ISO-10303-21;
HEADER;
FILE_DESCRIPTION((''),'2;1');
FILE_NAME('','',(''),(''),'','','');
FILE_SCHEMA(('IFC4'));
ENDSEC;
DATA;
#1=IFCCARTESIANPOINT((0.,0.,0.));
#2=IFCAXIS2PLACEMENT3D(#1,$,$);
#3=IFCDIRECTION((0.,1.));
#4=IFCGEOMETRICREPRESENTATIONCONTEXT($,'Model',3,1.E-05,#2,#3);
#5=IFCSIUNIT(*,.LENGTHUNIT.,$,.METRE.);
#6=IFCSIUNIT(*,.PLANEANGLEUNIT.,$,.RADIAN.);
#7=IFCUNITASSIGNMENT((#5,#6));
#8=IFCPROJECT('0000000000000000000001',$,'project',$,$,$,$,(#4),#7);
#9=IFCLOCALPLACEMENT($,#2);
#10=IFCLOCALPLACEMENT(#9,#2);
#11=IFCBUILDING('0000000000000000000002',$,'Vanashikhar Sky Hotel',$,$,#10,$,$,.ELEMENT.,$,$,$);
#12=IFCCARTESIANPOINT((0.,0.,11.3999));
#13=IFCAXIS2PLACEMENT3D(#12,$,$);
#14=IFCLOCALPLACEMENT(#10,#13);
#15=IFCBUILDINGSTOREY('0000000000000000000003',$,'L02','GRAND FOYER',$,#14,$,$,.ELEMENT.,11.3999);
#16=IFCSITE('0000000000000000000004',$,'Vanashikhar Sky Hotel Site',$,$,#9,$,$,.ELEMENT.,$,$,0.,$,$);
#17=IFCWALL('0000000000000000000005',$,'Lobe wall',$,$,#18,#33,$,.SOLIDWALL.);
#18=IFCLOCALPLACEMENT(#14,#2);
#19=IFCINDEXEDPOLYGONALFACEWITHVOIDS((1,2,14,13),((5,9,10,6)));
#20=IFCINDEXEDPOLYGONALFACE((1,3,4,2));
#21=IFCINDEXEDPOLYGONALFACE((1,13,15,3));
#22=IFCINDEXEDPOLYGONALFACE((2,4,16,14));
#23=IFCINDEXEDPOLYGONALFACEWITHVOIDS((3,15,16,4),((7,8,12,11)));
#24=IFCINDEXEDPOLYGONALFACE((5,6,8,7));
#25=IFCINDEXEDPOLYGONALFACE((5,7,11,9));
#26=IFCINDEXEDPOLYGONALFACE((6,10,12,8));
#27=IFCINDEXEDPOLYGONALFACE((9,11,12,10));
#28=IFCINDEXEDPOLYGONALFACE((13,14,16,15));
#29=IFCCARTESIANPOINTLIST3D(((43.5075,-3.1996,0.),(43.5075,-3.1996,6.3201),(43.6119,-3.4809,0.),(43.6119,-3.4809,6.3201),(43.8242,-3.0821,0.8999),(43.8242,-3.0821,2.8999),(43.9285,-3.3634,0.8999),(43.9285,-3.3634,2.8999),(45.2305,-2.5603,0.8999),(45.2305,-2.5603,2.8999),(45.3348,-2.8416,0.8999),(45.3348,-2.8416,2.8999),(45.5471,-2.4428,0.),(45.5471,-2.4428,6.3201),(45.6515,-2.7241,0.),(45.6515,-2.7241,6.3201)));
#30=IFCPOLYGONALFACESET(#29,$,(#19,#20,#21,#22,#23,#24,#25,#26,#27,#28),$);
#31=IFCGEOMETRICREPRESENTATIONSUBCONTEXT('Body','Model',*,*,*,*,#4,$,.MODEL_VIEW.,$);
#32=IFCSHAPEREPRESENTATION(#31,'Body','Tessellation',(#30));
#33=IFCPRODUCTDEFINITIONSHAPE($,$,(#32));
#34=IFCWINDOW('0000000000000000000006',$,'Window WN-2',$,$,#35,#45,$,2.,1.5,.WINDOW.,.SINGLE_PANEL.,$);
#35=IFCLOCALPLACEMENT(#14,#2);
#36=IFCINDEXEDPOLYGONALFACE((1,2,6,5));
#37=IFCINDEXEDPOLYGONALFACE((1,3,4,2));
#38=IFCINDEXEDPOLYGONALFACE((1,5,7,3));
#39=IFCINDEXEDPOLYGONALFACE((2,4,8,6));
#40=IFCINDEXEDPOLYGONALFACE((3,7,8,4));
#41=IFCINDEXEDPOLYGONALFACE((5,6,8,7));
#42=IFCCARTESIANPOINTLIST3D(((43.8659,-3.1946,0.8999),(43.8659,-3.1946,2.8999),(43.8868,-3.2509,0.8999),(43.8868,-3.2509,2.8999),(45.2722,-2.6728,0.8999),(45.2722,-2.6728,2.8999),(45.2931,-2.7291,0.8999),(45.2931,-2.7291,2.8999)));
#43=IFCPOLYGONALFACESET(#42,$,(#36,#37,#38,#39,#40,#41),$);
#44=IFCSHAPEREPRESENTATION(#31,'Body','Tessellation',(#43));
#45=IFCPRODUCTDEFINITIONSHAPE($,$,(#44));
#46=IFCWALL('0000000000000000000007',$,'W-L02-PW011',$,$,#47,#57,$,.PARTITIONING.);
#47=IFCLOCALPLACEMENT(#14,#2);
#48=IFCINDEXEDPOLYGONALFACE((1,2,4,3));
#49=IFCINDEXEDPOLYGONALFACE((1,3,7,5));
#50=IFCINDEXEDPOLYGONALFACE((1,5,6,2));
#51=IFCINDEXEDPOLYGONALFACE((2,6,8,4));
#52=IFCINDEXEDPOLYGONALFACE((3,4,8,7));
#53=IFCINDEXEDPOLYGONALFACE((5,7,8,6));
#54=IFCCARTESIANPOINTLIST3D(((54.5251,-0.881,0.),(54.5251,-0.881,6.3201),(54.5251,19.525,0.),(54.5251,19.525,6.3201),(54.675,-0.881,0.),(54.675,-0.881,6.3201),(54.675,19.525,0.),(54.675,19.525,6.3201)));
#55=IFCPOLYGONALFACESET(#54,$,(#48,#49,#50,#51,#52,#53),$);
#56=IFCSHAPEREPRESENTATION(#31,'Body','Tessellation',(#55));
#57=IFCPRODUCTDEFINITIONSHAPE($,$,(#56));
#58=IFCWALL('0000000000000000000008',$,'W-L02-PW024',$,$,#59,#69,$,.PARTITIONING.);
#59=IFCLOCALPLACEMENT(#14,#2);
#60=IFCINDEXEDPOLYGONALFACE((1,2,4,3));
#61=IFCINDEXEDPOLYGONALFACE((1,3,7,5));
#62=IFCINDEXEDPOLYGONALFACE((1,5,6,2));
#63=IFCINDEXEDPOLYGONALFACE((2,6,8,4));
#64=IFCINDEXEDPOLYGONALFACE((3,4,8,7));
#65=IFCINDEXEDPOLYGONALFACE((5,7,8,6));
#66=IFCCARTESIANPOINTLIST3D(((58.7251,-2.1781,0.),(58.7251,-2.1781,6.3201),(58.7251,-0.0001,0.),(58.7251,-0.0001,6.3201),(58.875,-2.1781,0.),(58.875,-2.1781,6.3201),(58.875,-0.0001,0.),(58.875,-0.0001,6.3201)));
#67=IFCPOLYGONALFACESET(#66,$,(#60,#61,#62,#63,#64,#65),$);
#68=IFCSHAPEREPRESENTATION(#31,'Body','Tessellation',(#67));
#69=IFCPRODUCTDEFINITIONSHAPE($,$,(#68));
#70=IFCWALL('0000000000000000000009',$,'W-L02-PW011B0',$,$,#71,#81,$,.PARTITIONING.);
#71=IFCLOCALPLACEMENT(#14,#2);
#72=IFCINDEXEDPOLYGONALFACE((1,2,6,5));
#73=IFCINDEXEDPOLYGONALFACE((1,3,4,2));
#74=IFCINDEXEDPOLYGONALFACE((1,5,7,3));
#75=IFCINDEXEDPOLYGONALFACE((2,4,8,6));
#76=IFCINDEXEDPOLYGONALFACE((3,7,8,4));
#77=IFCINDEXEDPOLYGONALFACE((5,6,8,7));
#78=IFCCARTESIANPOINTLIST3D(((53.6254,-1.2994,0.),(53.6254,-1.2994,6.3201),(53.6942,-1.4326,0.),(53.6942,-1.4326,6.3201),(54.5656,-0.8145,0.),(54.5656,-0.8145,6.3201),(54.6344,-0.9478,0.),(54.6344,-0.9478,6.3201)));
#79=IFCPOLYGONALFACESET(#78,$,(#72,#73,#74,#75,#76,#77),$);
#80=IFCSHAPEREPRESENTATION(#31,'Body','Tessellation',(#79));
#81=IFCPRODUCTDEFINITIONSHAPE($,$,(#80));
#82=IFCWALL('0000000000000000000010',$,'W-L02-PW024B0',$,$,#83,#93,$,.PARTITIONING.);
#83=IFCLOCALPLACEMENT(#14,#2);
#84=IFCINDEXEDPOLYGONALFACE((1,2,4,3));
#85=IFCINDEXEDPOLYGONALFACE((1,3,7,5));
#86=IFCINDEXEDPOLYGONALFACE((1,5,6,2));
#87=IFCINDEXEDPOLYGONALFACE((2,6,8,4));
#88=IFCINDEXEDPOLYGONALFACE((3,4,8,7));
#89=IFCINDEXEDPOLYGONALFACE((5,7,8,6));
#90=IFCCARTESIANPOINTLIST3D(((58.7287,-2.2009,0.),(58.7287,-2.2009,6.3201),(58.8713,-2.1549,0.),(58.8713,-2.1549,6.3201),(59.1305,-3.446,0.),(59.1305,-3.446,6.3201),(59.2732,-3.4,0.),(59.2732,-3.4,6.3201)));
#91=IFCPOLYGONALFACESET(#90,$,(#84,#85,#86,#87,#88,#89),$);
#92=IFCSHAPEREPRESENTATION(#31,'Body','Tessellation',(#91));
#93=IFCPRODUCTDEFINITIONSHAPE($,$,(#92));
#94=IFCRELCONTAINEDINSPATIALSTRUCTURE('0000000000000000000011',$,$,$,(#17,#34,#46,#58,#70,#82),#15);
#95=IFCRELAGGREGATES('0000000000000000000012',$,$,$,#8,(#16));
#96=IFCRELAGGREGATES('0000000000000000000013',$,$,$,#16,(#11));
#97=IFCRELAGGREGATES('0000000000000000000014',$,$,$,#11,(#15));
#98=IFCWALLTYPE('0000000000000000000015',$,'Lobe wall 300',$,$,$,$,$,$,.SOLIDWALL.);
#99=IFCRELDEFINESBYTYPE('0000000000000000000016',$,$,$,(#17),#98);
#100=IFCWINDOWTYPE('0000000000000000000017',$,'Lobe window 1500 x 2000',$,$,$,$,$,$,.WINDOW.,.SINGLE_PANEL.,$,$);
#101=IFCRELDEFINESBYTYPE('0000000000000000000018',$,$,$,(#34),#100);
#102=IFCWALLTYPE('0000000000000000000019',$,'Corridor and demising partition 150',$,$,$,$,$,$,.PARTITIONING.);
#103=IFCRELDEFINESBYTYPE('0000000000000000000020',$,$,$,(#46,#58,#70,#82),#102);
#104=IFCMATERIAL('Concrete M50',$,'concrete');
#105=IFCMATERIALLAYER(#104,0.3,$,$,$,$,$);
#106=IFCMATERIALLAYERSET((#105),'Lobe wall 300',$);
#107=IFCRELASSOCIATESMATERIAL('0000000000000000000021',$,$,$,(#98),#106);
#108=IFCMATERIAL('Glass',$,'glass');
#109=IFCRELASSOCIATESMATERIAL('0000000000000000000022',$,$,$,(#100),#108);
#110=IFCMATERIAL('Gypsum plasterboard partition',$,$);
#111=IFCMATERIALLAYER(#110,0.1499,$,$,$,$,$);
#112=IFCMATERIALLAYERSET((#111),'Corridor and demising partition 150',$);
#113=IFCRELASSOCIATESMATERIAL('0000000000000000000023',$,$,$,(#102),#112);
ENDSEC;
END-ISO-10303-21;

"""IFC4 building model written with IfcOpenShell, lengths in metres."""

from ifc_helpers import new_model, si_unit, direction, frame, frame_2d, origin, place, context, subcontext, project, spatial, rectangle, extrude, source, transform, mapped, material, layer, layer_set, type_object, element, fill, save


model = new_model("IFC4")

# Units and contexts
model_context = context("Model", 3, precision=1e-05, world=origin(), true_north=direction((0.0, 1.0)))
body_context = subcontext(model_context, "Body", "Model", "MODEL_VIEW")
ifc_project = project(units=[si_unit("LENGTHUNIT", "METRE"), si_unit("PLANEANGLEUNIT", "RADIAN")], contexts=[model_context])

# Site, building, storey
site_placement = place(None, origin())
site = spatial("IfcSite", under=ifc_project, at=site_placement, Name="Vanashikhar Sky Hotel Site", CompositionType="ELEMENT", RefElevation=0.0)
building_placement = place(site_placement, origin())
building = spatial("IfcBuilding", under=site, at=building_placement, Name="Vanashikhar Sky Hotel", CompositionType="ELEMENT")
storey_placement = place(building_placement, frame((0.0, 0.0, 11.3999)))
storey = spatial("IfcBuildingStorey", under=building, at=storey_placement, Name="L02", Description="GRAND FOYER", CompositionType="ELEMENT", Elevation=11.3999)

# Wall, opening, window
ifc_material_1 = material(Name="Concrete M50", Category="concrete")
ifc_layer_1 = layer(ifc_material_1, 0.3)
ifc_layer_set_1 = layer_set([ifc_layer_1], Name="Lobe wall 300")
wall_type_1 = type_object("IfcWallType", Name="Lobe wall 300", PredefinedType="SOLIDWALL", material=ifc_layer_set_1)
shared_shape_1 = source(origin(), body_context, "Body", "SweptSolid", [
    extrude(rectangle(XDim=1.5, YDim=2.0, at=frame_2d((0.75, 1.0))), frame((0.0, 0.1602, 0.0), z_axis=(0.0, -1.0, 0.0), x_axis=(1.0, 0.0, 0.0)), (0.0, 0.0, 1.0), 0.3201),
])
ifc_material_2 = material(Name="Glass", Category="glass")
window_type = type_object("IfcWindowType", Name="Lobe window 1500 x 2000", PartitioningType="SINGLE_PANEL", PredefinedType="WINDOW", material=ifc_material_2)
shared_shape_2 = source(origin(), body_context, "Body", "SweptSolid", [
    extrude(rectangle(XDim=1.5, YDim=2.0, at=frame_2d((0.75, 1.0))), frame((0.0, 0.03, 0.0), z_axis=(0.0, -1.0, 0.0), x_axis=(1.0, 0.0, 0.0)), (0.0, 0.0, 1.0), 0.0601),
])
shared_shape_3 = source(origin(), body_context, "Body", "SweptSolid", [
    extrude(rectangle(XDim=2.1755, YDim=0.3, at=frame_2d((1.0879, 0.0))), origin(), (0.0, 0.0, 1.0), 6.3201),
])
wall_1_placement = place(storey_placement, frame((43.5596, -3.3403, 0.0), z_axis=(0.0, 0.0, 1.0), x_axis=(0.937532, 0.347899, 0.0)))
wall_1 = element("IfcWall", 1, at=wall_1_placement, inside=storey, type_object=wall_type_1, Name="Lobe wall", PredefinedType="SOLIDWALL", context=body_context, shape_type="MappedRepresentation", body=[
    mapped(shared_shape_3, transform((0.0, 0.0, 0.0), scale=1.0)),
])
opening_1_placement = place(wall_1_placement, frame((0.3379, 0.0, 0.8999)))
opening_1 = element("IfcOpeningElement", 2, at=opening_1_placement, cuts=wall_1, PredefinedType="OPENING", context=body_context, shape_type="MappedRepresentation", body=[
    mapped(shared_shape_1, transform((0.0, 0.0, 0.0), scale=1.0)),
])
window_1_placement = place(opening_1_placement, origin())
window_1 = element("IfcWindow", 3, at=window_1_placement, inside=storey, type_object=window_type, Name="Window WN-2", OverallHeight=2.0, OverallWidth=1.5, PartitioningType="SINGLE_PANEL", PredefinedType="WINDOW", context=body_context, shape_type="MappedRepresentation", body=[
    mapped(shared_shape_2, transform((0.0, 0.0, 0.0), scale=1.0)),
])
fill(opening_1, window_1)

# Walls
ifc_material_3 = material(Name="Gypsum plasterboard partition")
ifc_layer_2 = layer(ifc_material_3, 0.1499)
ifc_layer_set_2 = layer_set([ifc_layer_2], Name="Corridor and demising partition 150")
wall_type_2 = type_object("IfcWallType", Name="Corridor and demising partition 150", PredefinedType="PARTITIONING", material=ifc_layer_set_2)
shared_shape_4 = source(origin(), body_context, "Body", "SweptSolid", [
    extrude(rectangle(XDim=20.406, YDim=0.1499, at=frame_2d((10.2031, 0.0))), origin(), (0.0, 0.0, 1.0), 6.3201),
])
wall_2_placement = place(storey_placement, frame((54.6001, -0.8811, 0.0), z_axis=(0.0, 0.0, 1.0), x_axis=(0.0, 1.0, 0.0)))
element("IfcWall", 4, at=wall_2_placement, inside=storey, type_object=wall_type_2, Name="W-L02-PW011", PredefinedType="PARTITIONING", context=body_context, shape_type="MappedRepresentation", body=[
    mapped(shared_shape_4, transform((0.0, 0.0, 0.0), scale=1.0)),
])
shared_shape_5 = source(origin(), body_context, "Body", "SweptSolid", [
    extrude(rectangle(XDim=2.178, YDim=0.1499, at=frame_2d((1.0889, 0.0))), origin(), (0.0, 0.0, 1.0), 6.3201),
])
wall_3_placement = place(storey_placement, frame((58.8, -2.178, 0.0), z_axis=(0.0, 0.0, 1.0), x_axis=(0.0, 1.0, 0.0)))
element("IfcWall", 5, at=wall_3_placement, inside=storey, type_object=wall_type_2, Name="W-L02-PW024", PredefinedType="PARTITIONING", context=body_context, shape_type="MappedRepresentation", body=[
    mapped(shared_shape_5, transform((0.0, 0.0, 0.0), scale=1.0)),
])
shared_shape_6 = source(origin(), body_context, "Body", "SweptSolid", [
    extrude(rectangle(XDim=1.0579, YDim=0.1499, at=frame_2d((0.5288, 0.0))), origin(), (0.0, 0.0, 1.0), 6.3201),
])
wall_4_placement = place(storey_placement, frame((53.6599, -1.366, 0.0), z_axis=(0.0, 0.0, 1.0), x_axis=(0.888772, 0.458349, 0.0)))
element("IfcWall", 6, at=wall_4_placement, inside=storey, type_object=wall_type_2, Name="W-L02-PW011B0", PredefinedType="PARTITIONING", context=body_context, shape_type="MappedRepresentation", body=[
    mapped(shared_shape_6, transform((0.0, 0.0, 0.0), scale=1.0)),
])
shared_shape_7 = source(origin(), body_context, "Body", "SweptSolid", [
    extrude(rectangle(XDim=1.3083, YDim=0.1499, at=frame_2d((0.6543, 0.0))), origin(), (0.0, 0.0, 1.0), 6.3201),
])
wall_5_placement = place(storey_placement, frame((59.2019, -3.4231, 0.0), z_axis=(0.0, 0.0, 1.0), x_axis=(-0.307145, 0.951663, 0.0)))
element("IfcWall", 7, at=wall_5_placement, inside=storey, type_object=wall_type_2, Name="W-L02-PW024B0", PredefinedType="PARTITIONING", context=body_context, shape_type="MappedRepresentation", body=[
    mapped(shared_shape_7, transform((0.0, 0.0, 0.0), scale=1.0)),
])

save(model, "model.ifc")
